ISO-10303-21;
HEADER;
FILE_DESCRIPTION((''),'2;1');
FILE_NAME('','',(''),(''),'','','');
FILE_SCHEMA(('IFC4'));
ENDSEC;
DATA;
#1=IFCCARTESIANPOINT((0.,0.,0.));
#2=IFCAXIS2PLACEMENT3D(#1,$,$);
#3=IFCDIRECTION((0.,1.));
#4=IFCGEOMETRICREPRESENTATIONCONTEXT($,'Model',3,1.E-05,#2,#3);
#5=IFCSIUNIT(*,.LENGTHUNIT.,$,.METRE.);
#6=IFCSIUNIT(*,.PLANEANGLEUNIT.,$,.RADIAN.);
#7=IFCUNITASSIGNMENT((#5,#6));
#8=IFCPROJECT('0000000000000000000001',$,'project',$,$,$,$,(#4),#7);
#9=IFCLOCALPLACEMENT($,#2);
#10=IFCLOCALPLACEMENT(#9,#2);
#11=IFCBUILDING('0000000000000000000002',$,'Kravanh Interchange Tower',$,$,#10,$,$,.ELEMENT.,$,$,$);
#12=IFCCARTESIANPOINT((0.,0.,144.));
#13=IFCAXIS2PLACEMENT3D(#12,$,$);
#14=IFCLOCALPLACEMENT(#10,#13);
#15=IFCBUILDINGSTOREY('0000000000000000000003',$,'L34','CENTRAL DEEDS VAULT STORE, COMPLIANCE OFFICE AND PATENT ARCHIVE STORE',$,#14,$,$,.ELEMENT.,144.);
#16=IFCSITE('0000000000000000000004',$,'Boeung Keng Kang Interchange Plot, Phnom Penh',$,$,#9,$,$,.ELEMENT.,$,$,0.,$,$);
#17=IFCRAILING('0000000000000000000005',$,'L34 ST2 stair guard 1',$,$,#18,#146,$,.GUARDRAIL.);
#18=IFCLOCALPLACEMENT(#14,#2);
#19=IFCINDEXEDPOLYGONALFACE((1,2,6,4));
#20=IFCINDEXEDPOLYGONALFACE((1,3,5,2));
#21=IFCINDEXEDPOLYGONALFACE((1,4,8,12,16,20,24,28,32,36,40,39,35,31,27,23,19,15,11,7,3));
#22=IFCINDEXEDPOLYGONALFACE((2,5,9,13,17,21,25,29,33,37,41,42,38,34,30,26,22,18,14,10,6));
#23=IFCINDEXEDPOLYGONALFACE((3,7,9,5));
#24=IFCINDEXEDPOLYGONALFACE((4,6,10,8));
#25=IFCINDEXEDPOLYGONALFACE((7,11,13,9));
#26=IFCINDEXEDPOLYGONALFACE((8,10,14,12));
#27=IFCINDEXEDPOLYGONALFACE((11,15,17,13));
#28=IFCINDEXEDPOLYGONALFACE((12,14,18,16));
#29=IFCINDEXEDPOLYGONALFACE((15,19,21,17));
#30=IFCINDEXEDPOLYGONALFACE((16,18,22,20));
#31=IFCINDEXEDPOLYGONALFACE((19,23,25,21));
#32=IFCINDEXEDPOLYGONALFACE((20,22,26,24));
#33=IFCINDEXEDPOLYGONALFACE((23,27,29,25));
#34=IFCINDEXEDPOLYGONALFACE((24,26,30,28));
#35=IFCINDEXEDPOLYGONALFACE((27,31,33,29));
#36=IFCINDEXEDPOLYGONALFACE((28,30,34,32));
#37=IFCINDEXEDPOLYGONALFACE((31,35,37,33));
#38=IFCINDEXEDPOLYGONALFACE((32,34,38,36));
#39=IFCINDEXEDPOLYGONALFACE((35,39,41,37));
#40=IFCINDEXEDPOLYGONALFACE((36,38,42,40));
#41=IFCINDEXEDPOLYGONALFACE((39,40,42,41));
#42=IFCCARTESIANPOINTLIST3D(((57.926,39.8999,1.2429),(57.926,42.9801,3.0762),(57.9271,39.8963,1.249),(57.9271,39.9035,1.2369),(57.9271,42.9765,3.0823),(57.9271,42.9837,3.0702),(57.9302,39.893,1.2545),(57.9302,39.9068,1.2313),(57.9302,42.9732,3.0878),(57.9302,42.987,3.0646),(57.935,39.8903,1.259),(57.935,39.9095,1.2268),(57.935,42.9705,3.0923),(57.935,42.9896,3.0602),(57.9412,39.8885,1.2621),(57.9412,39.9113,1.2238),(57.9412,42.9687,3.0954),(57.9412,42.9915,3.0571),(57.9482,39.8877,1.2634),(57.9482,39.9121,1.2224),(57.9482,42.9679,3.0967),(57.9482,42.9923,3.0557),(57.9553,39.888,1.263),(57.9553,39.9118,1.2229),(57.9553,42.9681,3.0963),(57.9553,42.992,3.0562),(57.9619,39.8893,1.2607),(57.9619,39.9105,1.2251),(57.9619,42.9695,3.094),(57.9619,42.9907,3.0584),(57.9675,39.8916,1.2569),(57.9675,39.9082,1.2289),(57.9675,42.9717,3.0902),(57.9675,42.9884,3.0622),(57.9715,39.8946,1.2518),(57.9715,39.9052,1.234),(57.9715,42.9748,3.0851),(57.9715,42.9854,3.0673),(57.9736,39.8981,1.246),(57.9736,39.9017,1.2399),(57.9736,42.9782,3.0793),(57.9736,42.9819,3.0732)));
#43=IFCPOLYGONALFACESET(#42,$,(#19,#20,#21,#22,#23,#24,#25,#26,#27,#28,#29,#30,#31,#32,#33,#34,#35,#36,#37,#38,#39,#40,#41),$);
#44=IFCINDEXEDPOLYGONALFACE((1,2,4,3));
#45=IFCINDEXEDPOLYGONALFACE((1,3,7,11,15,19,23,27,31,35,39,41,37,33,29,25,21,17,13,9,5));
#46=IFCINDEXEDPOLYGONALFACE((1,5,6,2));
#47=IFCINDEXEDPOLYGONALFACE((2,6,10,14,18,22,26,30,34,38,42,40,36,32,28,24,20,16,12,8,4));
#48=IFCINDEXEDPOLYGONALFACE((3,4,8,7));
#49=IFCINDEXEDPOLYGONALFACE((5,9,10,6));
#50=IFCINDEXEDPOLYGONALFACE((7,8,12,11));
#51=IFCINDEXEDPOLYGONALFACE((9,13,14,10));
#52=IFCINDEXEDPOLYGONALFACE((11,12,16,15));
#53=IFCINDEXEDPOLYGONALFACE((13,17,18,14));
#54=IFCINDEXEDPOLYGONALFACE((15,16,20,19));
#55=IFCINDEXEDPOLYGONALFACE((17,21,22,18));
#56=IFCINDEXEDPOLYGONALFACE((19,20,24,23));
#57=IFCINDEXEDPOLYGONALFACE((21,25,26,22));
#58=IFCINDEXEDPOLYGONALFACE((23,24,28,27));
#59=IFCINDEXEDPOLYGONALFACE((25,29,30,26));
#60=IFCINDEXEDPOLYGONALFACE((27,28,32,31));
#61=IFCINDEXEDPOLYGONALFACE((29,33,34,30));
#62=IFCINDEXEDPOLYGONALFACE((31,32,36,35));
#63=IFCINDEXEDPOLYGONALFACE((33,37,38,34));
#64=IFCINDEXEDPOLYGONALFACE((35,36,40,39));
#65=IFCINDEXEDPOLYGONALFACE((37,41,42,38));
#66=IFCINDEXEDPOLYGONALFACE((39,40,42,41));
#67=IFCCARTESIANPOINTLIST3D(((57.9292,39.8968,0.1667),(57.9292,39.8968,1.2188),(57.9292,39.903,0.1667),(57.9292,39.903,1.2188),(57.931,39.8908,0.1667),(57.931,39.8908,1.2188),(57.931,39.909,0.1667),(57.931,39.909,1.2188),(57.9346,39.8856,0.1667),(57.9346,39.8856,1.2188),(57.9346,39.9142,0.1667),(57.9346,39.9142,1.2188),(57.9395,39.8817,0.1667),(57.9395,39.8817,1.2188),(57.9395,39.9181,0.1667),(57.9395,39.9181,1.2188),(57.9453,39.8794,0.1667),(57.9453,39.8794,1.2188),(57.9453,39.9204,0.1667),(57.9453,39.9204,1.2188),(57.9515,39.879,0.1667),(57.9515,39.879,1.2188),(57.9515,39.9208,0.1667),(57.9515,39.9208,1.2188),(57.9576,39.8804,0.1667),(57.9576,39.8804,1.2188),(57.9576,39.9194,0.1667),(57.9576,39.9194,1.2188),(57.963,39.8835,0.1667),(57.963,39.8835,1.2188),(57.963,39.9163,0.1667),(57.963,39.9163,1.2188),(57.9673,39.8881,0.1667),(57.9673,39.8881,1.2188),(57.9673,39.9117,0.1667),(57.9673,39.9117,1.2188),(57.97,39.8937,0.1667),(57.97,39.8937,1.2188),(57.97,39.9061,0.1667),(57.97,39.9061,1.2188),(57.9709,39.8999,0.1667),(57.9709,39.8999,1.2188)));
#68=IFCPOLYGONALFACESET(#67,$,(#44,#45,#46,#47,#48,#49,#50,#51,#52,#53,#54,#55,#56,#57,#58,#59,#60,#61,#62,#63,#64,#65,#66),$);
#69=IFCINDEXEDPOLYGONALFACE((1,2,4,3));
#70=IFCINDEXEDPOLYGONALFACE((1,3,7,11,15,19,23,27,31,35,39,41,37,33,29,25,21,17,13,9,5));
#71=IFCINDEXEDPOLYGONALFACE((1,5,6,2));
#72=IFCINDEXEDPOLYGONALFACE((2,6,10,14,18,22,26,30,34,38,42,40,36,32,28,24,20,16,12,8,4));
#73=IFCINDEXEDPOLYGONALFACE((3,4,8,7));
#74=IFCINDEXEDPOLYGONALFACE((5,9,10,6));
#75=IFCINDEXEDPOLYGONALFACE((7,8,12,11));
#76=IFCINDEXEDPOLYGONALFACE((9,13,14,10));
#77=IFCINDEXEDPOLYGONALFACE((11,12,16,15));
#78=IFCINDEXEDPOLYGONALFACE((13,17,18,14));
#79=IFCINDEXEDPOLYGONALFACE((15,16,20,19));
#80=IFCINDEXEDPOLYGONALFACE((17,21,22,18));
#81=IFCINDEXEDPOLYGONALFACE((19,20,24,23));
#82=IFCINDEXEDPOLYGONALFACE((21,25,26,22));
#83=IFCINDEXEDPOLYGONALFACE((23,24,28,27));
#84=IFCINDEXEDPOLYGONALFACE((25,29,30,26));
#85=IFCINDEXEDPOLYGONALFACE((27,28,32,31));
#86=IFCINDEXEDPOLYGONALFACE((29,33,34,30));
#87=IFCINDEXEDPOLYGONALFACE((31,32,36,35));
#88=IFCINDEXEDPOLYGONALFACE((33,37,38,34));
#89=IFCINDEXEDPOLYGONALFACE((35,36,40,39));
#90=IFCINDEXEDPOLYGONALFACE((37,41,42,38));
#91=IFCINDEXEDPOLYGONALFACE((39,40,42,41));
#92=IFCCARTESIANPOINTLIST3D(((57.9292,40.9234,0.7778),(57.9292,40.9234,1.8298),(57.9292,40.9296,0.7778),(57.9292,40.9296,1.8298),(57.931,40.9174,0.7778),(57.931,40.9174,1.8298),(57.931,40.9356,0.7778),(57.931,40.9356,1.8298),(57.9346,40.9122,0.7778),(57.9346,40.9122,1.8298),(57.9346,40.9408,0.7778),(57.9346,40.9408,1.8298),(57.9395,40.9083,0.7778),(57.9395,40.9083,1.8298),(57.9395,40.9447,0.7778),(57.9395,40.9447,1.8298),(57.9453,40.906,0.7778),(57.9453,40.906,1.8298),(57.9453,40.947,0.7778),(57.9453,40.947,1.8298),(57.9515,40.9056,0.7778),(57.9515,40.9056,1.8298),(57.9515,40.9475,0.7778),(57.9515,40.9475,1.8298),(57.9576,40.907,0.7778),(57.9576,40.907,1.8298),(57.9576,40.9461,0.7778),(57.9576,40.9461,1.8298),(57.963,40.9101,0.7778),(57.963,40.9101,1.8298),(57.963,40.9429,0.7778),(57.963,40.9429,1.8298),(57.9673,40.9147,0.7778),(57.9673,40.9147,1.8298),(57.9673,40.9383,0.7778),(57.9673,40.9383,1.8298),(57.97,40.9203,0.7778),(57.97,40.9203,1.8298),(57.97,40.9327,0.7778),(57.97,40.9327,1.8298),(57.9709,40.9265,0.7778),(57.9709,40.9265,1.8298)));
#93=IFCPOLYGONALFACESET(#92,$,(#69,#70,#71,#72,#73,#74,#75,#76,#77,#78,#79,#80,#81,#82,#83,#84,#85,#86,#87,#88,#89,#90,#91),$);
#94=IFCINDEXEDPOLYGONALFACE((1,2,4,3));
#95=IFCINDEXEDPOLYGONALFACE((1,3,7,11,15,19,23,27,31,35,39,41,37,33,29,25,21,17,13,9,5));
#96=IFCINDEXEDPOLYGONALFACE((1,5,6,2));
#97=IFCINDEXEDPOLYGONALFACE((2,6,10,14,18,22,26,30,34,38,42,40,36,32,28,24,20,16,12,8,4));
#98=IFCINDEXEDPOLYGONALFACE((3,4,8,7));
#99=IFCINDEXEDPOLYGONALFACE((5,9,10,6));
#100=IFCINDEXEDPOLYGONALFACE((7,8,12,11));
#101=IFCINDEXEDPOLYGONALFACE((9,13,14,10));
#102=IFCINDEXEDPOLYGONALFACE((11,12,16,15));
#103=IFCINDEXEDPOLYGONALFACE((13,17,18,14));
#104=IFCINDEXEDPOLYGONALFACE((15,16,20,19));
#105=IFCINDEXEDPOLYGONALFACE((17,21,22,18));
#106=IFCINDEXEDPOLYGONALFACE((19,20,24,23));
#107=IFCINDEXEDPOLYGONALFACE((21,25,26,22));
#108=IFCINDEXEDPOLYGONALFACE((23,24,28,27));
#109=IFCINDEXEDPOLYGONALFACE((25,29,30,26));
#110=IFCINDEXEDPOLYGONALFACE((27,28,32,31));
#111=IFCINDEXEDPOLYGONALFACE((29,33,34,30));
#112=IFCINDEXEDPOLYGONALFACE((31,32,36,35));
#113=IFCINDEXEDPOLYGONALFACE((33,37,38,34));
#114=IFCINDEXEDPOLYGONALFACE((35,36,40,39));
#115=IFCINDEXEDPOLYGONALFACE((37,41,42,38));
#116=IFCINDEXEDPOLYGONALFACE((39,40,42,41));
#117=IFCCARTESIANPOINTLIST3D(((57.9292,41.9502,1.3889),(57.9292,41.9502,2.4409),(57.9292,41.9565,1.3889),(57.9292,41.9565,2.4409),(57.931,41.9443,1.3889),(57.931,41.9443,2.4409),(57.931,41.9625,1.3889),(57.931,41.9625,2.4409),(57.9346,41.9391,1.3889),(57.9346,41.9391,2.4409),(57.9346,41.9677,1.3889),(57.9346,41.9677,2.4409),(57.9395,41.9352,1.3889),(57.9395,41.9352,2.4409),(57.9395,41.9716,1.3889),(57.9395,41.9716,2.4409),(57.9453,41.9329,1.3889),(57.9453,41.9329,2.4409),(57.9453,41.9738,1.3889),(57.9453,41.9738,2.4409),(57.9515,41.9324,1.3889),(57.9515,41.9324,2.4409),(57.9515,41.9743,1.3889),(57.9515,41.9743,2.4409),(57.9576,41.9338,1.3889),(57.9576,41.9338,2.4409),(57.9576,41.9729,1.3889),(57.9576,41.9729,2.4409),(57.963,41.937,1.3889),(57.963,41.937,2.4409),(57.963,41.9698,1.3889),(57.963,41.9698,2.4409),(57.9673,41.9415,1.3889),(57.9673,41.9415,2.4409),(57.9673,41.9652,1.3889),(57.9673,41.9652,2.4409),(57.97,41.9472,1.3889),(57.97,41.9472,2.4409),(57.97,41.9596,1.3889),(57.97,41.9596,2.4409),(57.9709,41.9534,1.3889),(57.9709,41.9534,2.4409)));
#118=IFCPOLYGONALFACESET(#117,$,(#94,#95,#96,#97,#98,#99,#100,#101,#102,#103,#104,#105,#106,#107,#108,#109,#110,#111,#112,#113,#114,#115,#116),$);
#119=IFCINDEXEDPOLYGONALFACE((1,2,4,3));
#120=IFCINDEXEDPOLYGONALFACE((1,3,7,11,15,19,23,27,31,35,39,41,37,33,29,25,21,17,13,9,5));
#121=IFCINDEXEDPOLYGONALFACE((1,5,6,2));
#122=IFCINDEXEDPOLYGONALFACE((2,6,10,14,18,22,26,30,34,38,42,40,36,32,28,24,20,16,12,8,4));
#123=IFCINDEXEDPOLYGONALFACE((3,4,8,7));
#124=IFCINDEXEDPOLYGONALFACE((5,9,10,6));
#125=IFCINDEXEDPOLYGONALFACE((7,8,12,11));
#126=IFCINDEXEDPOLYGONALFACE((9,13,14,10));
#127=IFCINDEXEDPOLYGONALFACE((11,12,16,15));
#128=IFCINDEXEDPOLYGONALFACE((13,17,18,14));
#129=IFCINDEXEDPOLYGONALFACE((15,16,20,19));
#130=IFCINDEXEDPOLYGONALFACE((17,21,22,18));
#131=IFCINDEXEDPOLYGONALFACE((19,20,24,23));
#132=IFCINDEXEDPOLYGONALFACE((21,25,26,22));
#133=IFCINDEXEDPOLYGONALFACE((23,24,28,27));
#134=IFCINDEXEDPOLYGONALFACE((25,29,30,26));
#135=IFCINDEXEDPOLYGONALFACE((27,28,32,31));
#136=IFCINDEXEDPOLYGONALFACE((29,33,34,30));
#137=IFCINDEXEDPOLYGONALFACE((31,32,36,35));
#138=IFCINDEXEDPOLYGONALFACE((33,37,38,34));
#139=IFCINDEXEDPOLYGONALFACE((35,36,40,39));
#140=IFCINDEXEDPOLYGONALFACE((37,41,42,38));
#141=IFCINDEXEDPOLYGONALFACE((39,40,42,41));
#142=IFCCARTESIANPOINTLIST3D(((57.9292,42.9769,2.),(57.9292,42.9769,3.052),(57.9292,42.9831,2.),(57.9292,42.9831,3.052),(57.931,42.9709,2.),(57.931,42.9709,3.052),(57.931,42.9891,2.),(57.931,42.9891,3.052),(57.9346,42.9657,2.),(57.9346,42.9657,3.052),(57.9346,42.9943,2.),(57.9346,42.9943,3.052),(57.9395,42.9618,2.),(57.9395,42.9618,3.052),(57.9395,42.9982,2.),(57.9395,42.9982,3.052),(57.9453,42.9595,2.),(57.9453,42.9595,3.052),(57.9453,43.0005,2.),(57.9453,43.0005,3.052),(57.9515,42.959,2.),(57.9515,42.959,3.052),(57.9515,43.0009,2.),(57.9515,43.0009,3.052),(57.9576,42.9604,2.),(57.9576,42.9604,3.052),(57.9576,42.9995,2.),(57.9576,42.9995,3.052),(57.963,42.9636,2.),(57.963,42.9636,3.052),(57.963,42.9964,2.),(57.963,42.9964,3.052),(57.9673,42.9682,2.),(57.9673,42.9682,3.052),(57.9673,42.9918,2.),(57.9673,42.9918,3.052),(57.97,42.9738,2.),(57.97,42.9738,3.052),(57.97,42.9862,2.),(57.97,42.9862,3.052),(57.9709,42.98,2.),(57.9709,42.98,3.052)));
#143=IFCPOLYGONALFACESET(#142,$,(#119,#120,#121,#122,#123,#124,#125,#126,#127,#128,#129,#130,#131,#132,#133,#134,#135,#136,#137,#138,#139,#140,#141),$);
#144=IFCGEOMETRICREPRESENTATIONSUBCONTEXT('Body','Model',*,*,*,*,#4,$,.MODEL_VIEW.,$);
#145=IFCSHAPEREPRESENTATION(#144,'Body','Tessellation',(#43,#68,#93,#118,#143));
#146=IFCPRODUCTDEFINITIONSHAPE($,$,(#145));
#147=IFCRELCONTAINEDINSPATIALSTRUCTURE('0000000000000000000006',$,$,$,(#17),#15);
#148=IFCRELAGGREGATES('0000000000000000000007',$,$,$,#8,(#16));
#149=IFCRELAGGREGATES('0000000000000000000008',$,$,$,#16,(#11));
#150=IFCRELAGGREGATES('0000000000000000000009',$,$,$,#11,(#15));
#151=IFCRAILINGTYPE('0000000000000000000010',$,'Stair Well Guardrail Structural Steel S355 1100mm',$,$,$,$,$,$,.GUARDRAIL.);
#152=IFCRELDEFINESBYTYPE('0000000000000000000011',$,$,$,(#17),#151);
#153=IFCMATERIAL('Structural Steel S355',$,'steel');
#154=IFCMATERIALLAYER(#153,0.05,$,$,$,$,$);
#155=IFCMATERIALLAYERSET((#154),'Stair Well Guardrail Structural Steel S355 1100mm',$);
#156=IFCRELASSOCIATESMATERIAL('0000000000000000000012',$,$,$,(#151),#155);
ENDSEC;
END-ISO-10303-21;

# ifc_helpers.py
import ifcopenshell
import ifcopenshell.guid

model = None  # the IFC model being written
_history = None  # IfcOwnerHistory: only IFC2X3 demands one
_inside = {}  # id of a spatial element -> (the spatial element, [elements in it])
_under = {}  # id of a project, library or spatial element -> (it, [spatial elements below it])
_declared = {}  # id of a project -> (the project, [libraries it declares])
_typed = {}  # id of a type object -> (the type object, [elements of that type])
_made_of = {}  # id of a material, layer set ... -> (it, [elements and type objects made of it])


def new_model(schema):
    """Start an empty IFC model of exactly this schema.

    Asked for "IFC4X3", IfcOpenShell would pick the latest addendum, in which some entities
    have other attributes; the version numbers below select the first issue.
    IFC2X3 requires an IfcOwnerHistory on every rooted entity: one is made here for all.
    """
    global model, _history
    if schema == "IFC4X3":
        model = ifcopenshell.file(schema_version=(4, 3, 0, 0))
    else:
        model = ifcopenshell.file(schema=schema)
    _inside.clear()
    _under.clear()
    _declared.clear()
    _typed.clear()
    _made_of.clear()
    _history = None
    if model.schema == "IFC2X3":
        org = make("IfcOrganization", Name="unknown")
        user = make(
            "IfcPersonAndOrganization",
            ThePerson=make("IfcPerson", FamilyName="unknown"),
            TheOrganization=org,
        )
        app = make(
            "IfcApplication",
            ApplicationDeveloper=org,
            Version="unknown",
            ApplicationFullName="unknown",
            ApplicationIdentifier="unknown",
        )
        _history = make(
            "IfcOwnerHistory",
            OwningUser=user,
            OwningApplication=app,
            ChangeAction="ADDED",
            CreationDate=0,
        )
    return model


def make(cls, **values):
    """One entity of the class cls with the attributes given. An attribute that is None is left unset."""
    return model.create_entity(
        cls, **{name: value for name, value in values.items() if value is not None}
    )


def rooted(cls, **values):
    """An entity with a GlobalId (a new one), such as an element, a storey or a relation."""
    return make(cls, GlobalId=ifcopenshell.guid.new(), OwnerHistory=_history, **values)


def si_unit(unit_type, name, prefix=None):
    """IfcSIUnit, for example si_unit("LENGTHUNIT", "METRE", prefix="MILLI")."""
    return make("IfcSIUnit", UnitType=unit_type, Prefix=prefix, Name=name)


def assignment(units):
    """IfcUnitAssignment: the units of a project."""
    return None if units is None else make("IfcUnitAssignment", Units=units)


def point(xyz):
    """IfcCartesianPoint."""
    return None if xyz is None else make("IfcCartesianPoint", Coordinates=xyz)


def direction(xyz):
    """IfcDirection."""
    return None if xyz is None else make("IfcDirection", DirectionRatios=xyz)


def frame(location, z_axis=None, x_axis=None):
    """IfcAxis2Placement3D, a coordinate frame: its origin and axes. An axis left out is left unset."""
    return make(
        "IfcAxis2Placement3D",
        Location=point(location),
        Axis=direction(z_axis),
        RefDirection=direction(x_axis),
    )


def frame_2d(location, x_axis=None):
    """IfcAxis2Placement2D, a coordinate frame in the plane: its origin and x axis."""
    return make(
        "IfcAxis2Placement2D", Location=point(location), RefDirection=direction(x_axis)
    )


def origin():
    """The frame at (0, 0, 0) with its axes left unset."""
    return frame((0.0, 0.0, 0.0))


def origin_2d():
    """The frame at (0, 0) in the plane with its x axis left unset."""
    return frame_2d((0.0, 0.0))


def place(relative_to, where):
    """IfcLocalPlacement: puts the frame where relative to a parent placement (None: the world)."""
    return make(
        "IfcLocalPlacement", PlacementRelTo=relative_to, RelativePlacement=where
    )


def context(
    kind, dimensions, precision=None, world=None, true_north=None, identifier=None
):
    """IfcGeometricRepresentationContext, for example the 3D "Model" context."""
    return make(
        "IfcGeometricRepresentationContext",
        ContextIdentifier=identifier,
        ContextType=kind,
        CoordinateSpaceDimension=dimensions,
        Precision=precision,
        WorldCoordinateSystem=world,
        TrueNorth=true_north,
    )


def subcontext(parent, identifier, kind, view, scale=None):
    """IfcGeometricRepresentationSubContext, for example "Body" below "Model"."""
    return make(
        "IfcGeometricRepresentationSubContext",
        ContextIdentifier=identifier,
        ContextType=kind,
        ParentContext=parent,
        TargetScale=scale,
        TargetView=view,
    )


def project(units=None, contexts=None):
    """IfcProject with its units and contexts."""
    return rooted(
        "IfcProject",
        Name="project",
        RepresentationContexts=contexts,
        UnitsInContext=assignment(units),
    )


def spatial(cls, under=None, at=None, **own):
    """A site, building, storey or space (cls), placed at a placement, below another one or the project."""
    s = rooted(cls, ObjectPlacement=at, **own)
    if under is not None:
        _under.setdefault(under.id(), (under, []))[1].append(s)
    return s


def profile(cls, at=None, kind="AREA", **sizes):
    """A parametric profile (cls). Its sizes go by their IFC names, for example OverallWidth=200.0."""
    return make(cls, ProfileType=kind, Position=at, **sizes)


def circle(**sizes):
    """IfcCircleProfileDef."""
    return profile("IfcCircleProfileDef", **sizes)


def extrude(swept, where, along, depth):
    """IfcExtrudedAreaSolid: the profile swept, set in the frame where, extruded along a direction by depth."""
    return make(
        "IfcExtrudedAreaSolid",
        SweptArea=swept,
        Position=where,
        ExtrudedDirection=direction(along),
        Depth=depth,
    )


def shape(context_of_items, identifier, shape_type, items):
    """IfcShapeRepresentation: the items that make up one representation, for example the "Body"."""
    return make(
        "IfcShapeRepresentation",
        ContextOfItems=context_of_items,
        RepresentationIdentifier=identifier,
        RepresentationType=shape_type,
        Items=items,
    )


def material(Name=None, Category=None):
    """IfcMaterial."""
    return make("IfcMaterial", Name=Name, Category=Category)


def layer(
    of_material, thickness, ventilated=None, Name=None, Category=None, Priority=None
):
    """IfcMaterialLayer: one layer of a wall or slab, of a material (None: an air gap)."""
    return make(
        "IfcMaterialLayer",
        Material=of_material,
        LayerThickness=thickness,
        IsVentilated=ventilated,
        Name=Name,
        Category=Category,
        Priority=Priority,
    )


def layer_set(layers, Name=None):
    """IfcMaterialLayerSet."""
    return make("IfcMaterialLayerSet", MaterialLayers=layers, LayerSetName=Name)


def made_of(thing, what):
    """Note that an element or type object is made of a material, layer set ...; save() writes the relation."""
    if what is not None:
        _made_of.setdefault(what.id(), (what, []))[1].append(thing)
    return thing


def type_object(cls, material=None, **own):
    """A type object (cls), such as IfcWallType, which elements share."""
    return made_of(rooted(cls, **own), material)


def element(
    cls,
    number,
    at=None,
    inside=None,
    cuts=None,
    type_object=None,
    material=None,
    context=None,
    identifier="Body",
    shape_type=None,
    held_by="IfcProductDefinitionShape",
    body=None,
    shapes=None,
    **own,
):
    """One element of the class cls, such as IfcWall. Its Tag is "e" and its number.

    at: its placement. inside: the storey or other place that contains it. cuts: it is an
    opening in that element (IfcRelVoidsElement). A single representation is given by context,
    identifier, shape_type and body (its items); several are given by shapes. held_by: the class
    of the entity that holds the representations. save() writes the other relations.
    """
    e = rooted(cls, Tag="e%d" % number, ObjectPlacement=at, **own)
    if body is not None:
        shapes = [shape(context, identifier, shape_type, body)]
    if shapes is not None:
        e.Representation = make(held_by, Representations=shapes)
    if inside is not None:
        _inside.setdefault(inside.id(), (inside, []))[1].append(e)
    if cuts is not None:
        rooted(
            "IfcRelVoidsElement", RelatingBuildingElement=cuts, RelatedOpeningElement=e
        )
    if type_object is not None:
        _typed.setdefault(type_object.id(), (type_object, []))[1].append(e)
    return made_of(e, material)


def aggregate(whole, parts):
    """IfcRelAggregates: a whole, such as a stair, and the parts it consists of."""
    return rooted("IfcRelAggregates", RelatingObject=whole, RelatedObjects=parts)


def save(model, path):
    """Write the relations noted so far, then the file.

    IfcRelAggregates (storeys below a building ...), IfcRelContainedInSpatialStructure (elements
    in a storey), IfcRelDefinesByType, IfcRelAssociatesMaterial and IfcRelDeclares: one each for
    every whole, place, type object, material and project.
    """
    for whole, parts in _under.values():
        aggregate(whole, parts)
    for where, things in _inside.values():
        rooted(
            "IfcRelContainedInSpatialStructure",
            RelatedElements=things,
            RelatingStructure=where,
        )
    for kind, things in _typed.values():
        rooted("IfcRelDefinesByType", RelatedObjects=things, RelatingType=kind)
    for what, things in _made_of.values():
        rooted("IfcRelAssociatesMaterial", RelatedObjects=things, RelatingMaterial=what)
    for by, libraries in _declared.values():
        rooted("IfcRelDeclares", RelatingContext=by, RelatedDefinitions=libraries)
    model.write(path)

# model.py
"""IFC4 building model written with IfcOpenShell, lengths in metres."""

from ifc_helpers import new_model, si_unit, direction, frame, origin, origin_2d, place, context, subcontext, project, spatial, circle, extrude, material, layer, layer_set, type_object, element, save


model = new_model("IFC4")

# Units and contexts
model_context = context("Model", 3, precision=1e-05, world=origin(), true_north=direction((0.0, 1.0)))
body_context = subcontext(model_context, "Body", "Model", "MODEL_VIEW")
ifc_project = project(units=[si_unit("LENGTHUNIT", "METRE"), si_unit("PLANEANGLEUNIT", "RADIAN")], contexts=[model_context])

# Site, building, storey
site_placement = place(None, origin())
site = spatial("IfcSite", under=ifc_project, at=site_placement, Name="Boeung Keng Kang Interchange Plot, Phnom Penh", CompositionType="ELEMENT", RefElevation=0.0)
building_placement = place(site_placement, origin())
building = spatial("IfcBuilding", under=site, at=building_placement, Name="Kravanh Interchange Tower", CompositionType="ELEMENT")
storey_placement = place(building_placement, frame((0.0, 0.0, 144.0)))
storey = spatial("IfcBuildingStorey", under=building, at=storey_placement, Name="L34", Description="CENTRAL DEEDS VAULT STORE, COMPLIANCE OFFICE AND PATENT ARCHIVE STORE", CompositionType="ELEMENT", Elevation=144.0)

# Railing
ifc_material_1 = material(Name="Structural Steel S355", Category="steel")
ifc_layer_1 = layer(ifc_material_1, 0.05)
ifc_layer_set_1 = layer_set([ifc_layer_1], Name="Stair Well Guardrail Structural Steel S355 1100mm")
railing_type_1 = type_object("IfcRailingType", Name="Stair Well Guardrail Structural Steel S355 1100mm", PredefinedType="GUARDRAIL", material=ifc_layer_set_1)
railing_1_placement = place(storey_placement, frame((57.95, 39.8999, 0.1667)))
element("IfcRailing", 1, at=railing_1_placement, inside=storey, type_object=railing_type_1, Name="L34 ST2 stair guard 1", PredefinedType="GUARDRAIL", context=body_context, shape_type="SweptSolid", body=[
    extrude(circle(Radius=0.0239, at=origin_2d()), frame((0.0, 0.0, 1.0762), z_axis=(0.0, 0.859309, 0.511458), x_axis=(-1.0, 0.0, 0.0)), (0.0, 0.0, 1.0), 3.5845),
    extrude(circle(Radius=0.021, at=origin_2d()), origin(), (0.0, 0.0, 1.0), 1.052),
    extrude(circle(Radius=0.021, at=origin_2d()), frame((0.0, 1.0266, 0.6111)), (0.0, 0.0, 1.0), 1.052),
    extrude(circle(Radius=0.021, at=origin_2d()), frame((0.0, 2.0535, 1.2222)), (0.0, 0.0, 1.0), 1.052),
    extrude(circle(Radius=0.021, at=origin_2d()), frame((0.0, 3.0801, 1.8333)), (0.0, 0.0, 1.0), 1.052),
])

save(model, "model.ifc")
